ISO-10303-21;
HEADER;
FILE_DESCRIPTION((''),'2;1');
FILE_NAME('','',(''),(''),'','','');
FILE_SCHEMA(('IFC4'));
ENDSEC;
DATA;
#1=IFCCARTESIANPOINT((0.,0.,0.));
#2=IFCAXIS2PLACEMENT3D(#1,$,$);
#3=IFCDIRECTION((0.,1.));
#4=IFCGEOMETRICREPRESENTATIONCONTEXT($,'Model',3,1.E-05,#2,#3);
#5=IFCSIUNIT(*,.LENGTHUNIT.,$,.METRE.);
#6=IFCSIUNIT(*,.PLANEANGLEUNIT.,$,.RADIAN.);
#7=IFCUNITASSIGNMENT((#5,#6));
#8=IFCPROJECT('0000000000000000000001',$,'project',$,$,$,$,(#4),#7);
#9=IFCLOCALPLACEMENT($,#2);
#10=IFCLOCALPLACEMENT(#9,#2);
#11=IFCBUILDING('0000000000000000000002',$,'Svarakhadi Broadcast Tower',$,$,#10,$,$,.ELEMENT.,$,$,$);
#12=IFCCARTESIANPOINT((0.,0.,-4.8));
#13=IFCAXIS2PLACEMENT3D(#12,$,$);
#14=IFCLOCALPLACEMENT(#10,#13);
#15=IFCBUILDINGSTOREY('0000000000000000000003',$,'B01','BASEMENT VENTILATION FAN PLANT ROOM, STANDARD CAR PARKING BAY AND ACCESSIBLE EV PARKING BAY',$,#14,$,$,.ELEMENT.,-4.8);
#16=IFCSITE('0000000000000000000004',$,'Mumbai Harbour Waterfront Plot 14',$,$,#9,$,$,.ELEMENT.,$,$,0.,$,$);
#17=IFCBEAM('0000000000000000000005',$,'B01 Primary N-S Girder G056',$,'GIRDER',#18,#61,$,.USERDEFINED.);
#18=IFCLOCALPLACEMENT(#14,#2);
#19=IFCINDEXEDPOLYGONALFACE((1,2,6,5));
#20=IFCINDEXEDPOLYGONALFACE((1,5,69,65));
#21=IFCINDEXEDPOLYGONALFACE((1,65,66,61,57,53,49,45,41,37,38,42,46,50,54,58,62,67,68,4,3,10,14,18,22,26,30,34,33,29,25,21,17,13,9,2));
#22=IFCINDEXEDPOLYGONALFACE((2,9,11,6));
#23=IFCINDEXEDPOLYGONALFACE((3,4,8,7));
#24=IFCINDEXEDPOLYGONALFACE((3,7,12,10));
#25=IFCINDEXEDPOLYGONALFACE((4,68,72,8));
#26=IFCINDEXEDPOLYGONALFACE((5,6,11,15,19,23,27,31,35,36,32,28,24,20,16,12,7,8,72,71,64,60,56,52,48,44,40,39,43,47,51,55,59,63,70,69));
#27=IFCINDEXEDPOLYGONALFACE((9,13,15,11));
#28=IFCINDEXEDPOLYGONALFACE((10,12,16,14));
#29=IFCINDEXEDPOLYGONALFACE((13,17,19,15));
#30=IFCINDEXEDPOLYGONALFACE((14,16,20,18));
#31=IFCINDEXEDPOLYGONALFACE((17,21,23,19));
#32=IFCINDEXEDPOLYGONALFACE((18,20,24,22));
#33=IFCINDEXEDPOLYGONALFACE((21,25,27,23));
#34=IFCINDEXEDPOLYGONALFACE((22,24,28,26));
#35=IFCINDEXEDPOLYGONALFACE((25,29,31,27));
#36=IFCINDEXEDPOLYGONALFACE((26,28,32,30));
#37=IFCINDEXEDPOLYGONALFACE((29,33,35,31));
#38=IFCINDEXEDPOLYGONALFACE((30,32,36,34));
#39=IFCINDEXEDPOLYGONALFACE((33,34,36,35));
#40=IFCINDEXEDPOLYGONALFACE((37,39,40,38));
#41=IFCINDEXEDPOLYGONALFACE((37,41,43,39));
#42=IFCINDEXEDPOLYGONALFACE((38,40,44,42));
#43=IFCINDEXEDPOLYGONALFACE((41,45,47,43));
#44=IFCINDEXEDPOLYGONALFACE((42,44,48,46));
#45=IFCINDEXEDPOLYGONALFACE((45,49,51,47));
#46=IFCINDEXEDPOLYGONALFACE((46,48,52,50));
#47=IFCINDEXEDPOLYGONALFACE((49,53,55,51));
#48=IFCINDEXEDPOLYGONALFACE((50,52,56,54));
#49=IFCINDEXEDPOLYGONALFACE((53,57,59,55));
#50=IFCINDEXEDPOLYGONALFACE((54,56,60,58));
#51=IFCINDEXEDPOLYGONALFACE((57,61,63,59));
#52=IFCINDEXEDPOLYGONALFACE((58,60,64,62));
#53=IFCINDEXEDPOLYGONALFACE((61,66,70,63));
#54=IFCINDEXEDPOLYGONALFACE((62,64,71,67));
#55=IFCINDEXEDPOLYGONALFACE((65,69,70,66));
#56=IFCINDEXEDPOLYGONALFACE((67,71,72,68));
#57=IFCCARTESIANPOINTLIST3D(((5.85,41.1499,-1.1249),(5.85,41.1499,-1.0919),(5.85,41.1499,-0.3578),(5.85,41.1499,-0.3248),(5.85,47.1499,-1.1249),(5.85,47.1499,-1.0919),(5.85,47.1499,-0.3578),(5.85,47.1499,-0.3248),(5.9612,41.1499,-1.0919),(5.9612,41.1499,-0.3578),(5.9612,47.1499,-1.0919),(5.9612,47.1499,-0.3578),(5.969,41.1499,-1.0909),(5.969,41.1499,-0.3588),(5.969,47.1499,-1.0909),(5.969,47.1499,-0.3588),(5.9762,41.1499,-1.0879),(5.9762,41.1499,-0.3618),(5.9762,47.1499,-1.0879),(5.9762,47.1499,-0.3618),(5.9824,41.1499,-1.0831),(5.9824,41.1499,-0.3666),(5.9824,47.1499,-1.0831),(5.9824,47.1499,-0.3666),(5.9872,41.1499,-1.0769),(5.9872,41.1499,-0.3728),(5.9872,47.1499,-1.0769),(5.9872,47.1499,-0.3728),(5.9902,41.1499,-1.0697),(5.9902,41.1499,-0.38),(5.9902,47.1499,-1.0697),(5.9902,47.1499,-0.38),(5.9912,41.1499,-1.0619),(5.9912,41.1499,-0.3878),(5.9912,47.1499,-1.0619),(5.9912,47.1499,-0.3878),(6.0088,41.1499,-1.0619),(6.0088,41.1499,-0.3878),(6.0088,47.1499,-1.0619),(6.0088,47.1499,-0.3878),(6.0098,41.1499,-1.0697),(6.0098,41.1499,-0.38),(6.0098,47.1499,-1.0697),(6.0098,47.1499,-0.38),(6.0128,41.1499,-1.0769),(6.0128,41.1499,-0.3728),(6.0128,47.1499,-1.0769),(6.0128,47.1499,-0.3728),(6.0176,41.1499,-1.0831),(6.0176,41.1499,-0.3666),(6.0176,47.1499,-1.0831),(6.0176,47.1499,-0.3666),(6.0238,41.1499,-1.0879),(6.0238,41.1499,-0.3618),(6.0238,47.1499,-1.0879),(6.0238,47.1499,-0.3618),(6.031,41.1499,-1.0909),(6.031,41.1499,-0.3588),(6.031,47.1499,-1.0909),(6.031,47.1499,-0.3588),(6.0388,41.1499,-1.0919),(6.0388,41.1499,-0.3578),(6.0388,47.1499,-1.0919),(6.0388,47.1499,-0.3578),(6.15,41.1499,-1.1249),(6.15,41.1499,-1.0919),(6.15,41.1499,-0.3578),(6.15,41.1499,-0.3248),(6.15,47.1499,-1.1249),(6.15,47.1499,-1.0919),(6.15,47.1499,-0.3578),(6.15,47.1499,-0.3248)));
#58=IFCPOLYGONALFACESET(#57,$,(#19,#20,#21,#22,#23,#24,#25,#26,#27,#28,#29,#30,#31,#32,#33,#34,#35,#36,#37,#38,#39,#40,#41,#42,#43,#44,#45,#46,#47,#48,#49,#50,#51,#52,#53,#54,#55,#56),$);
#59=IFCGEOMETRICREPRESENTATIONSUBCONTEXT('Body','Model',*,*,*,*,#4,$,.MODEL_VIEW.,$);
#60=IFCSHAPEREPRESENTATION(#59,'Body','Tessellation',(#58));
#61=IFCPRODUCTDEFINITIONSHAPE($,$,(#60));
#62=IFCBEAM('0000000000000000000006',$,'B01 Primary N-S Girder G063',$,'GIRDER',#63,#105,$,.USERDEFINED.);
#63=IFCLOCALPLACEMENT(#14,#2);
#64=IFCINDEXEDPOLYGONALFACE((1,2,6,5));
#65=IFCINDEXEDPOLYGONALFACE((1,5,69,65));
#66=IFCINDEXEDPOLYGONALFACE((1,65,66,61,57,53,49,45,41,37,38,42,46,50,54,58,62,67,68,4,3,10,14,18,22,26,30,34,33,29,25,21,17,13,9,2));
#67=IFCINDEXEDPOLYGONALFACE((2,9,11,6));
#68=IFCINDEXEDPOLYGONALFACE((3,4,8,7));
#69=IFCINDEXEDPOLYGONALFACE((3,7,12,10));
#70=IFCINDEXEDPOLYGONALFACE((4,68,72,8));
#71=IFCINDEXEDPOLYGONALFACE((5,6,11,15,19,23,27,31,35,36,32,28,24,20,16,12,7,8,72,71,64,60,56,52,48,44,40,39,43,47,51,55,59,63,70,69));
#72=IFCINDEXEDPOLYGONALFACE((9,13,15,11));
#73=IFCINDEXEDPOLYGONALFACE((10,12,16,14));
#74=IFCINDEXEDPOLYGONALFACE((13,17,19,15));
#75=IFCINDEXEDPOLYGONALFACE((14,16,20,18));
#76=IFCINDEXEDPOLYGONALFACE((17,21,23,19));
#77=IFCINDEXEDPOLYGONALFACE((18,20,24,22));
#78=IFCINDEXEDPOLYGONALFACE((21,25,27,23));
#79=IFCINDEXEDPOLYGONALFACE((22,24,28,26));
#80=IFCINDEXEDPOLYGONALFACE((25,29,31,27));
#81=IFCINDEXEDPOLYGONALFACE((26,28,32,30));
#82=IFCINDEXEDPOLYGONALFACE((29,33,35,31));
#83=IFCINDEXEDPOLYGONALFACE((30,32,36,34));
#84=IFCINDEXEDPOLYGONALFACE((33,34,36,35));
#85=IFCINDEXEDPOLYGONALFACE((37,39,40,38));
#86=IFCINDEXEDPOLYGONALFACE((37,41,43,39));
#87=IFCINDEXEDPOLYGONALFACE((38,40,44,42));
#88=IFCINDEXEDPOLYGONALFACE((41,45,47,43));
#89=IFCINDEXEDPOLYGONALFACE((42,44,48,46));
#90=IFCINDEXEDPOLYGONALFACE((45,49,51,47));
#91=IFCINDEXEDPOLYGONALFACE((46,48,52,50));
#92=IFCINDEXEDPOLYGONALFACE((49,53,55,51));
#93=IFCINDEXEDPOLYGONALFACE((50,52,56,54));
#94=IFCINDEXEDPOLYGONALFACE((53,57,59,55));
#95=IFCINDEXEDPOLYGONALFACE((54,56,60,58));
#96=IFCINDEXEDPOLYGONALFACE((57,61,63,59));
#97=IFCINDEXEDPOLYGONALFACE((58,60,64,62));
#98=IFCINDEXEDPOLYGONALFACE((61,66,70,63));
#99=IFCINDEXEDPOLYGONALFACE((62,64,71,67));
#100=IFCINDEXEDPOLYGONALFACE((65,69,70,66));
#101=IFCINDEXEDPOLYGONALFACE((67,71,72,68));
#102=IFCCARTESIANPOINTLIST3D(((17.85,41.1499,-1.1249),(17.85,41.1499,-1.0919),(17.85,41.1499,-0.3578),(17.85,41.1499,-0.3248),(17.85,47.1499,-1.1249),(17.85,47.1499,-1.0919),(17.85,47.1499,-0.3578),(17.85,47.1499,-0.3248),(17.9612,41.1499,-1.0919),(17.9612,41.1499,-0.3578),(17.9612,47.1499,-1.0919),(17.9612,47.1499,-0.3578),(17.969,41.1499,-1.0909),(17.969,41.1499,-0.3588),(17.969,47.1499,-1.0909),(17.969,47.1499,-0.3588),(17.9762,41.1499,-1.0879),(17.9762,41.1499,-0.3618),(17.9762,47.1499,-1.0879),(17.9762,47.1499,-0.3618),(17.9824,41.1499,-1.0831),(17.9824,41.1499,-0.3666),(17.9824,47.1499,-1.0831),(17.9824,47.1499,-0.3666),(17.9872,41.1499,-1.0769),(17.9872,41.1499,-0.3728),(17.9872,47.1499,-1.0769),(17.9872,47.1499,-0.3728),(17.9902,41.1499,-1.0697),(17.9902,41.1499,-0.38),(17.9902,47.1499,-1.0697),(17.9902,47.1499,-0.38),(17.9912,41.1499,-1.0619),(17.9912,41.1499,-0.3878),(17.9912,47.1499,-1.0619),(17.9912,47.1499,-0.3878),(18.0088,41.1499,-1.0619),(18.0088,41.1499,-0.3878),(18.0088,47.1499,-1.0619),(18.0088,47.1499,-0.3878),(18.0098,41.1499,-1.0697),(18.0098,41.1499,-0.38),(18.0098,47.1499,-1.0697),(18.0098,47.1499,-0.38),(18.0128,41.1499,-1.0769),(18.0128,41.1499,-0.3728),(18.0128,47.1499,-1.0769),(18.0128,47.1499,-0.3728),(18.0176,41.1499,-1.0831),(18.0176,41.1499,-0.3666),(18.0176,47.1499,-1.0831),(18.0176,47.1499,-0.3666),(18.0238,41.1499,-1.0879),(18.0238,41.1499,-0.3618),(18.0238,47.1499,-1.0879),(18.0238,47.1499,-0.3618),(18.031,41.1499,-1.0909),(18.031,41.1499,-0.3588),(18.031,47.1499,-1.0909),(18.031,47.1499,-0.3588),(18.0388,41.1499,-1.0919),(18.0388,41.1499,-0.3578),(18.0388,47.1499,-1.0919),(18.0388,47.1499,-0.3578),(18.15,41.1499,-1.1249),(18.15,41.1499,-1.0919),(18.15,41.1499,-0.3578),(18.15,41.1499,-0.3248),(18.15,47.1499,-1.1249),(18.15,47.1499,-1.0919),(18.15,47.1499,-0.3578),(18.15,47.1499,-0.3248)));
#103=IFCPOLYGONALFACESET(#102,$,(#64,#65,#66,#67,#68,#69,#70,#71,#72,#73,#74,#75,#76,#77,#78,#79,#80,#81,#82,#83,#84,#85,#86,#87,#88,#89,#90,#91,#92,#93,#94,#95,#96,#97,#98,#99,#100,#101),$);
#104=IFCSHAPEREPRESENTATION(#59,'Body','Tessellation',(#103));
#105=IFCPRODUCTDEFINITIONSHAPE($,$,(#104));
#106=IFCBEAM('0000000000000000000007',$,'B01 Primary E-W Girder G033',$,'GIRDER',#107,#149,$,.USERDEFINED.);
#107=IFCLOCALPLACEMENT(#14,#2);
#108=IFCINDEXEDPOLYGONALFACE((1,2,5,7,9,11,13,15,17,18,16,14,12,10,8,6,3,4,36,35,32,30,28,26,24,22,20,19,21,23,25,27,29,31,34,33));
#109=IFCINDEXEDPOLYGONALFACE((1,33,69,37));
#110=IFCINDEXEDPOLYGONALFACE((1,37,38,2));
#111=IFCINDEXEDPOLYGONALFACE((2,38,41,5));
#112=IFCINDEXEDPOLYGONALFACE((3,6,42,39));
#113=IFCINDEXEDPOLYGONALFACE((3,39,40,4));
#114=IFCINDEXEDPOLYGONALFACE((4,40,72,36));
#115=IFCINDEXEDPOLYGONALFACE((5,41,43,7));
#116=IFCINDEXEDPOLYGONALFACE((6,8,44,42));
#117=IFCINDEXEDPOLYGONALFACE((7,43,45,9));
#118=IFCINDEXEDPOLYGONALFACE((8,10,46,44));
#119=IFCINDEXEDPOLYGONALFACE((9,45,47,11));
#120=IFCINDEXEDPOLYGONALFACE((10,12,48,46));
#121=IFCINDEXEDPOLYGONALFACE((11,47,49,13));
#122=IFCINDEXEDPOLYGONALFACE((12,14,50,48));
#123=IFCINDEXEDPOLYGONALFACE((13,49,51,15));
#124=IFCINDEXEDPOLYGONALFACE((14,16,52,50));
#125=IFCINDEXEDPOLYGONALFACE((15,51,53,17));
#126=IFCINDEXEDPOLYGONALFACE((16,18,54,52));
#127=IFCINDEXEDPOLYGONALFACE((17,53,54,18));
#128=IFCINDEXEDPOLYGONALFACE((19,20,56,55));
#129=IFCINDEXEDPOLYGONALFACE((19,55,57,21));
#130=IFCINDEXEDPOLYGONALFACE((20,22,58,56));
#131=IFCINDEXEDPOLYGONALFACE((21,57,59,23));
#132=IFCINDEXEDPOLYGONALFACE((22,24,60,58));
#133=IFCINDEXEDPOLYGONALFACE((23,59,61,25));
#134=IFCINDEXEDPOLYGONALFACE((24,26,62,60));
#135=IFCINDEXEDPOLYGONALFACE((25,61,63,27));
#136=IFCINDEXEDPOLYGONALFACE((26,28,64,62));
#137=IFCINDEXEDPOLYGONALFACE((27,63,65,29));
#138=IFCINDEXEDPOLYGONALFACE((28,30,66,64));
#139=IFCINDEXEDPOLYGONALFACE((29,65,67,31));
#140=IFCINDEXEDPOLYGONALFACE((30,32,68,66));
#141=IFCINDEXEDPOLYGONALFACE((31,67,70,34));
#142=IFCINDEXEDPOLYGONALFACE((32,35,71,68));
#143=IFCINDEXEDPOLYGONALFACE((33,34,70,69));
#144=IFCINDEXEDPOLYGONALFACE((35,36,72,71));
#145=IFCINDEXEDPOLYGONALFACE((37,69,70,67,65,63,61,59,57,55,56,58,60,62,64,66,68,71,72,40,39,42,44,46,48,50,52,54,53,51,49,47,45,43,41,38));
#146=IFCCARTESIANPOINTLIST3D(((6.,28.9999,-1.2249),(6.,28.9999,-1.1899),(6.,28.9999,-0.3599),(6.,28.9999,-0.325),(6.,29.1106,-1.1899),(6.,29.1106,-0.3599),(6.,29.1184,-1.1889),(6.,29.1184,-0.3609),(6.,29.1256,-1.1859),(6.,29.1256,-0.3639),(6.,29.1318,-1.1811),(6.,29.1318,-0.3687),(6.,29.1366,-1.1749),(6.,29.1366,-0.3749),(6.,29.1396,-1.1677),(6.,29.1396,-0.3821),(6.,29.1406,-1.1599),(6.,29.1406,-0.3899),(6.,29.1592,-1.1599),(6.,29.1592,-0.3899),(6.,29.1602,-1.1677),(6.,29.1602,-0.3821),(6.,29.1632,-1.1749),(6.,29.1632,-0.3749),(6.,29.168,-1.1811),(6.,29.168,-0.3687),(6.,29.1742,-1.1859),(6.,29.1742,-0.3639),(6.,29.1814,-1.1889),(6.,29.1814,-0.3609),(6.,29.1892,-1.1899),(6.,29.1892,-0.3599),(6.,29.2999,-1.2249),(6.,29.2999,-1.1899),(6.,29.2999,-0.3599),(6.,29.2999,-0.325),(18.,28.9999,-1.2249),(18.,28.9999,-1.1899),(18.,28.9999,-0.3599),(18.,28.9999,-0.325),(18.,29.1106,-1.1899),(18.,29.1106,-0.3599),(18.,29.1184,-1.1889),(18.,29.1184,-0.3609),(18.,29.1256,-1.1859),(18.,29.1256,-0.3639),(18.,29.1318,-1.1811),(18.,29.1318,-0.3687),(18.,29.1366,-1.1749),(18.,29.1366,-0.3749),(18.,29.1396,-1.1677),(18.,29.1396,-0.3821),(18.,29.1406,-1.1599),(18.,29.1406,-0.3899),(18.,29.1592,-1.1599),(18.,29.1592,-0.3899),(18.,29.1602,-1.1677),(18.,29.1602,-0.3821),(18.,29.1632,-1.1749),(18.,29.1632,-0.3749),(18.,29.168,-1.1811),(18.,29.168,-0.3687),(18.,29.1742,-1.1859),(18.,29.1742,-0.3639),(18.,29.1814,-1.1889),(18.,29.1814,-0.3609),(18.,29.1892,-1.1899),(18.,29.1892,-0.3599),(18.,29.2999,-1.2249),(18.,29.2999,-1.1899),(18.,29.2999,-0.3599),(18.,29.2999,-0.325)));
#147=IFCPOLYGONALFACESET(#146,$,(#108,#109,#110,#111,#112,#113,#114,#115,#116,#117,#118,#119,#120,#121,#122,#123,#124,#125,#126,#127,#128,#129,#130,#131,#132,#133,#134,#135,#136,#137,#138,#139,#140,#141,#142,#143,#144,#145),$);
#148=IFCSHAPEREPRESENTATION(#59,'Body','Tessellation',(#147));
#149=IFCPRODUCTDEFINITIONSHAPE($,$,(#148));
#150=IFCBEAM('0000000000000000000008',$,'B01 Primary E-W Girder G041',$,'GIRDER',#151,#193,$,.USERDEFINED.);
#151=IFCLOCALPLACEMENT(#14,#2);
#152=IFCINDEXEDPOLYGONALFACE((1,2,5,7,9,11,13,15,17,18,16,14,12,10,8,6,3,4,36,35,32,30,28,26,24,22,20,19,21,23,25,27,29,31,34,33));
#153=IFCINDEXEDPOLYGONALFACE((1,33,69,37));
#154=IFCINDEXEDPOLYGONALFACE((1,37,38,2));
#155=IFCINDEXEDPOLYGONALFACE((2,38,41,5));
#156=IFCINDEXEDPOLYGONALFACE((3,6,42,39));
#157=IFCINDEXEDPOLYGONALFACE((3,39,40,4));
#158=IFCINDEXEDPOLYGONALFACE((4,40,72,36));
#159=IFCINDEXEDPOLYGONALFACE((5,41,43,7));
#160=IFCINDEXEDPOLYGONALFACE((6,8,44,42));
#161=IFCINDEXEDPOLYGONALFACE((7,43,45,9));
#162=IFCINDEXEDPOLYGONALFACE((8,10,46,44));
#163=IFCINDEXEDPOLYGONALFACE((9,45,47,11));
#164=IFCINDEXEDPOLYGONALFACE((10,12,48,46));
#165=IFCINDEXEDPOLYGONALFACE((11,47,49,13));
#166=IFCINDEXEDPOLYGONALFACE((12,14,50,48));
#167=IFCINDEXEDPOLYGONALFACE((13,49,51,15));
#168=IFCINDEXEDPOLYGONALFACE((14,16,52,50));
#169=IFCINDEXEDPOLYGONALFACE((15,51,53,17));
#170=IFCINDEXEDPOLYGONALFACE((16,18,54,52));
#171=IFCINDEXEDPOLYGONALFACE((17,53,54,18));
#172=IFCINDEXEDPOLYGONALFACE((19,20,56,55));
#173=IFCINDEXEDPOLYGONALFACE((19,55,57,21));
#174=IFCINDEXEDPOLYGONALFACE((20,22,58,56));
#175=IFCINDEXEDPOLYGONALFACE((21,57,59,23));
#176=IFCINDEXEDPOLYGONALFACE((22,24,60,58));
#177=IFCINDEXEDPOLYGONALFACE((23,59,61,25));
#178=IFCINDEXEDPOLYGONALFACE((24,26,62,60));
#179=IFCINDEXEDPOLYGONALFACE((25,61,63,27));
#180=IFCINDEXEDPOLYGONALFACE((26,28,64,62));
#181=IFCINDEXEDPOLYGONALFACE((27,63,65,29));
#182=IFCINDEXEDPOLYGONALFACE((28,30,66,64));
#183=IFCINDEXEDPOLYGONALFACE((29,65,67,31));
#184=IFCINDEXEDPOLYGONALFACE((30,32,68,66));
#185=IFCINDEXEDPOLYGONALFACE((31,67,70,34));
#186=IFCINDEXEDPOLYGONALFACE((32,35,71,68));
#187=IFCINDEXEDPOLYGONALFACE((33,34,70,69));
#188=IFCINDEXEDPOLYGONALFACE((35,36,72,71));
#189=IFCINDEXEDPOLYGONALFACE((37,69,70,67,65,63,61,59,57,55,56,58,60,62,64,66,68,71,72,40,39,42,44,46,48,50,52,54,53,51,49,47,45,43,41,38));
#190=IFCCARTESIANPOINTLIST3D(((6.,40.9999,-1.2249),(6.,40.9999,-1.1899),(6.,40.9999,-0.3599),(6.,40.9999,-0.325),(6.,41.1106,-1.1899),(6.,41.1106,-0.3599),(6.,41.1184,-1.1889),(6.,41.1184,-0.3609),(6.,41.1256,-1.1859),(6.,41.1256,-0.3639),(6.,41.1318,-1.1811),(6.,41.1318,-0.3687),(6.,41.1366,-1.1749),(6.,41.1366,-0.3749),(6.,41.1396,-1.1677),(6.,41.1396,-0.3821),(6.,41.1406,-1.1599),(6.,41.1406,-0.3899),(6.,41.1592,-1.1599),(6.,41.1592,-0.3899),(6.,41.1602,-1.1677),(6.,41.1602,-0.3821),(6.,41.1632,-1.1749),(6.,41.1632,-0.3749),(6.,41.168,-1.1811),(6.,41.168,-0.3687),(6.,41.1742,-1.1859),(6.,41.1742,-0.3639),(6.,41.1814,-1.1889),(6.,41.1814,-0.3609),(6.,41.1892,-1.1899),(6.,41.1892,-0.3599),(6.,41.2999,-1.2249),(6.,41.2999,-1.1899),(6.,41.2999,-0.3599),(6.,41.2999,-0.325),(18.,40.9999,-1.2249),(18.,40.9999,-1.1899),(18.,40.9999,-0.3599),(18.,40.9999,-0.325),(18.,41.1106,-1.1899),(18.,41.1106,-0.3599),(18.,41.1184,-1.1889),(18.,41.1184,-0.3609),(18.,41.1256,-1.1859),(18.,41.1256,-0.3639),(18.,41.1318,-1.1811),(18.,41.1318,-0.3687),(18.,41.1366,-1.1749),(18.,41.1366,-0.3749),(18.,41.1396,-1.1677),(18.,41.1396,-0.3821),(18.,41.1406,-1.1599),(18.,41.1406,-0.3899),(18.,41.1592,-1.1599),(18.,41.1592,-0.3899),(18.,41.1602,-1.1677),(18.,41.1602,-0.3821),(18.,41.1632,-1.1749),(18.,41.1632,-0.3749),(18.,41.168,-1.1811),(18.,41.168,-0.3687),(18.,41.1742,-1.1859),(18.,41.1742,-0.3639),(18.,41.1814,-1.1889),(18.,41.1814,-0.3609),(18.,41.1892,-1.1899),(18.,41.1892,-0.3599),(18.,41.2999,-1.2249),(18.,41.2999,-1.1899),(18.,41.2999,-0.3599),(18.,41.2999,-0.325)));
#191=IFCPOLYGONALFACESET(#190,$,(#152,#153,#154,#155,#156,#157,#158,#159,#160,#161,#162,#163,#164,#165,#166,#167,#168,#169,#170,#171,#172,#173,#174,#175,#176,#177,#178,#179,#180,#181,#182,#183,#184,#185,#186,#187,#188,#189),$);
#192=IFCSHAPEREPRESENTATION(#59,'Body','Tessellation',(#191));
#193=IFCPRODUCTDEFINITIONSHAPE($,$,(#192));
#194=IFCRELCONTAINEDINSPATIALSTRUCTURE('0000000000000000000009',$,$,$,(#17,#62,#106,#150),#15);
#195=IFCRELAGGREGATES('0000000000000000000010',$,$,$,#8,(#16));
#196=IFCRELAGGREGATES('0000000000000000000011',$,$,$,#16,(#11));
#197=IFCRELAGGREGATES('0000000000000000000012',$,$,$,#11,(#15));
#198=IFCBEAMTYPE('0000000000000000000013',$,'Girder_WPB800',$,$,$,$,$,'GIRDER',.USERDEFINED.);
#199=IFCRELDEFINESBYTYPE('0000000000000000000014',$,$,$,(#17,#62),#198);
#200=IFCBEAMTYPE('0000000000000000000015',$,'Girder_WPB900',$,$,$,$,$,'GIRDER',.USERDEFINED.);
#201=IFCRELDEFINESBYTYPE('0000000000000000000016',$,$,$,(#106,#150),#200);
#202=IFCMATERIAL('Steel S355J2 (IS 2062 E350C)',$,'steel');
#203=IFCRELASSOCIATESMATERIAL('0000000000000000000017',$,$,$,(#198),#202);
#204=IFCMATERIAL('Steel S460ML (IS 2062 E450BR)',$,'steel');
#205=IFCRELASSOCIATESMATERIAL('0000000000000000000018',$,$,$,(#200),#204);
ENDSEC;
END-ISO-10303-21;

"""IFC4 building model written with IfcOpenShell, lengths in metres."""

from ifc_helpers import new_model, si_unit, direction, frame, origin, origin_2d, place, context, subcontext, project, spatial, i_section, extrude, material, material_profile, profile_set, type_object, element, save


model = new_model("IFC4")

# Units and contexts
model_context = context("Model", 3, precision=1e-05, world=origin(), true_north=direction((0.0, 1.0)))
body_context = subcontext(model_context, "Body", "Model", "MODEL_VIEW")
ifc_project = project(units=[si_unit("LENGTHUNIT", "METRE"), si_unit("PLANEANGLEUNIT", "RADIAN")], contexts=[model_context])

# Site, building, storey
site_placement = place(None, origin())
site = spatial("IfcSite", under=ifc_project, at=site_placement, Name="Mumbai Harbour Waterfront Plot 14", CompositionType="ELEMENT", RefElevation=0.0)
building_placement = place(site_placement, origin())
building = spatial("IfcBuilding", under=site, at=building_placement, Name="Svarakhadi Broadcast Tower", CompositionType="ELEMENT")
storey_placement = place(building_placement, frame((0.0, 0.0, -4.8)))
storey = spatial("IfcBuildingStorey", under=building, at=storey_placement, Name="B01", Description="BASEMENT VENTILATION FAN PLANT ROOM, STANDARD CAR PARKING BAY AND ACCESSIBLE EV PARKING BAY", CompositionType="ELEMENT", Elevation=-4.8)

# Shared definitions
ifc_material_1 = material(Name="Steel S460ML (IS 2062 E450BR)", Category="steel")

# Beams
ifc_material_2 = material(Name="Steel S355J2 (IS 2062 E350C)", Category="steel")
ifc_material_profile_1 = material_profile(ifc_material_2, i_section(OverallWidth=0.3, OverallDepth=0.8, WebThickness=0.0176, FlangeThickness=0.033, FilletRadius=0.03, at=origin_2d()), Name="WPB 800x300x262")
ifc_profile_set_1 = profile_set([ifc_material_profile_1], Name="Steel S355J2 (IS 2062 E350C)")
beam_type_1 = type_object("IfcBeamType", Name="Girder_WPB800", ElementType="GIRDER", PredefinedType="USERDEFINED", material=ifc_profile_set_1)
for number, where, z_axis, x_axis, name in (
    (1, (6.0, 41.1499, -0.7249), (0.0, 1.0, 0.0), (-1.0, 0.0, 0.0), "B01 Primary N-S Girder G056"),
    (2, (18.0, 41.1499, -0.7249), (0.0, 1.0, 0.0), (-1.0, 0.0, 0.0), "B01 Primary N-S Girder G063"),
):
    element("IfcBeam", number, at=place(storey_placement, frame(where, z_axis=z_axis, x_axis=x_axis)), inside=storey, type_object=beam_type_1, Name=name, ObjectType="GIRDER", PredefinedType="USERDEFINED", context=body_context, shape_type="SweptSolid", body=[
        extrude(i_section(OverallWidth=0.3, OverallDepth=0.8, WebThickness=0.0176, FlangeThickness=0.033, FilletRadius=0.03, at=origin_2d()), origin(), (0.0, 0.0, 1.0), 6.0),
    ])
ifc_material_profile_2 = material_profile(ifc_material_1, i_section(OverallWidth=0.3, OverallDepth=0.8999, WebThickness=0.0186, FlangeThickness=0.0349, FilletRadius=0.03, at=origin_2d()), Name="WPB 900x300x291")
ifc_profile_set_2 = profile_set([ifc_material_profile_2], Name="Steel S460ML (IS 2062 E450BR)")
beam_type_2 = type_object("IfcBeamType", Name="Girder_WPB900", ElementType="GIRDER", PredefinedType="USERDEFINED", material=ifc_profile_set_2)
for number, where, z_axis, x_axis, name in (
    (3, (6.0, 29.1499, -0.7749), (1.0, 0.0, 0.0), (0.0, 1.0, 0.0), "B01 Primary E-W Girder G033"),
    (4, (6.0, 41.1499, -0.7749), (1.0, 0.0, 0.0), (0.0, 1.0, 0.0), "B01 Primary E-W Girder G041"),
):
    element("IfcBeam", number, at=place(storey_placement, frame(where, z_axis=z_axis, x_axis=x_axis)), inside=storey, type_object=beam_type_2, Name=name, ObjectType="GIRDER", PredefinedType="USERDEFINED", context=body_context, shape_type="SweptSolid", body=[
        extrude(i_section(OverallWidth=0.3, OverallDepth=0.8999, WebThickness=0.0186, FlangeThickness=0.0349, FilletRadius=0.03, at=origin_2d()), origin(), (0.0, 0.0, 1.0), 12.0),
    ])

save(model, "model.ifc")
